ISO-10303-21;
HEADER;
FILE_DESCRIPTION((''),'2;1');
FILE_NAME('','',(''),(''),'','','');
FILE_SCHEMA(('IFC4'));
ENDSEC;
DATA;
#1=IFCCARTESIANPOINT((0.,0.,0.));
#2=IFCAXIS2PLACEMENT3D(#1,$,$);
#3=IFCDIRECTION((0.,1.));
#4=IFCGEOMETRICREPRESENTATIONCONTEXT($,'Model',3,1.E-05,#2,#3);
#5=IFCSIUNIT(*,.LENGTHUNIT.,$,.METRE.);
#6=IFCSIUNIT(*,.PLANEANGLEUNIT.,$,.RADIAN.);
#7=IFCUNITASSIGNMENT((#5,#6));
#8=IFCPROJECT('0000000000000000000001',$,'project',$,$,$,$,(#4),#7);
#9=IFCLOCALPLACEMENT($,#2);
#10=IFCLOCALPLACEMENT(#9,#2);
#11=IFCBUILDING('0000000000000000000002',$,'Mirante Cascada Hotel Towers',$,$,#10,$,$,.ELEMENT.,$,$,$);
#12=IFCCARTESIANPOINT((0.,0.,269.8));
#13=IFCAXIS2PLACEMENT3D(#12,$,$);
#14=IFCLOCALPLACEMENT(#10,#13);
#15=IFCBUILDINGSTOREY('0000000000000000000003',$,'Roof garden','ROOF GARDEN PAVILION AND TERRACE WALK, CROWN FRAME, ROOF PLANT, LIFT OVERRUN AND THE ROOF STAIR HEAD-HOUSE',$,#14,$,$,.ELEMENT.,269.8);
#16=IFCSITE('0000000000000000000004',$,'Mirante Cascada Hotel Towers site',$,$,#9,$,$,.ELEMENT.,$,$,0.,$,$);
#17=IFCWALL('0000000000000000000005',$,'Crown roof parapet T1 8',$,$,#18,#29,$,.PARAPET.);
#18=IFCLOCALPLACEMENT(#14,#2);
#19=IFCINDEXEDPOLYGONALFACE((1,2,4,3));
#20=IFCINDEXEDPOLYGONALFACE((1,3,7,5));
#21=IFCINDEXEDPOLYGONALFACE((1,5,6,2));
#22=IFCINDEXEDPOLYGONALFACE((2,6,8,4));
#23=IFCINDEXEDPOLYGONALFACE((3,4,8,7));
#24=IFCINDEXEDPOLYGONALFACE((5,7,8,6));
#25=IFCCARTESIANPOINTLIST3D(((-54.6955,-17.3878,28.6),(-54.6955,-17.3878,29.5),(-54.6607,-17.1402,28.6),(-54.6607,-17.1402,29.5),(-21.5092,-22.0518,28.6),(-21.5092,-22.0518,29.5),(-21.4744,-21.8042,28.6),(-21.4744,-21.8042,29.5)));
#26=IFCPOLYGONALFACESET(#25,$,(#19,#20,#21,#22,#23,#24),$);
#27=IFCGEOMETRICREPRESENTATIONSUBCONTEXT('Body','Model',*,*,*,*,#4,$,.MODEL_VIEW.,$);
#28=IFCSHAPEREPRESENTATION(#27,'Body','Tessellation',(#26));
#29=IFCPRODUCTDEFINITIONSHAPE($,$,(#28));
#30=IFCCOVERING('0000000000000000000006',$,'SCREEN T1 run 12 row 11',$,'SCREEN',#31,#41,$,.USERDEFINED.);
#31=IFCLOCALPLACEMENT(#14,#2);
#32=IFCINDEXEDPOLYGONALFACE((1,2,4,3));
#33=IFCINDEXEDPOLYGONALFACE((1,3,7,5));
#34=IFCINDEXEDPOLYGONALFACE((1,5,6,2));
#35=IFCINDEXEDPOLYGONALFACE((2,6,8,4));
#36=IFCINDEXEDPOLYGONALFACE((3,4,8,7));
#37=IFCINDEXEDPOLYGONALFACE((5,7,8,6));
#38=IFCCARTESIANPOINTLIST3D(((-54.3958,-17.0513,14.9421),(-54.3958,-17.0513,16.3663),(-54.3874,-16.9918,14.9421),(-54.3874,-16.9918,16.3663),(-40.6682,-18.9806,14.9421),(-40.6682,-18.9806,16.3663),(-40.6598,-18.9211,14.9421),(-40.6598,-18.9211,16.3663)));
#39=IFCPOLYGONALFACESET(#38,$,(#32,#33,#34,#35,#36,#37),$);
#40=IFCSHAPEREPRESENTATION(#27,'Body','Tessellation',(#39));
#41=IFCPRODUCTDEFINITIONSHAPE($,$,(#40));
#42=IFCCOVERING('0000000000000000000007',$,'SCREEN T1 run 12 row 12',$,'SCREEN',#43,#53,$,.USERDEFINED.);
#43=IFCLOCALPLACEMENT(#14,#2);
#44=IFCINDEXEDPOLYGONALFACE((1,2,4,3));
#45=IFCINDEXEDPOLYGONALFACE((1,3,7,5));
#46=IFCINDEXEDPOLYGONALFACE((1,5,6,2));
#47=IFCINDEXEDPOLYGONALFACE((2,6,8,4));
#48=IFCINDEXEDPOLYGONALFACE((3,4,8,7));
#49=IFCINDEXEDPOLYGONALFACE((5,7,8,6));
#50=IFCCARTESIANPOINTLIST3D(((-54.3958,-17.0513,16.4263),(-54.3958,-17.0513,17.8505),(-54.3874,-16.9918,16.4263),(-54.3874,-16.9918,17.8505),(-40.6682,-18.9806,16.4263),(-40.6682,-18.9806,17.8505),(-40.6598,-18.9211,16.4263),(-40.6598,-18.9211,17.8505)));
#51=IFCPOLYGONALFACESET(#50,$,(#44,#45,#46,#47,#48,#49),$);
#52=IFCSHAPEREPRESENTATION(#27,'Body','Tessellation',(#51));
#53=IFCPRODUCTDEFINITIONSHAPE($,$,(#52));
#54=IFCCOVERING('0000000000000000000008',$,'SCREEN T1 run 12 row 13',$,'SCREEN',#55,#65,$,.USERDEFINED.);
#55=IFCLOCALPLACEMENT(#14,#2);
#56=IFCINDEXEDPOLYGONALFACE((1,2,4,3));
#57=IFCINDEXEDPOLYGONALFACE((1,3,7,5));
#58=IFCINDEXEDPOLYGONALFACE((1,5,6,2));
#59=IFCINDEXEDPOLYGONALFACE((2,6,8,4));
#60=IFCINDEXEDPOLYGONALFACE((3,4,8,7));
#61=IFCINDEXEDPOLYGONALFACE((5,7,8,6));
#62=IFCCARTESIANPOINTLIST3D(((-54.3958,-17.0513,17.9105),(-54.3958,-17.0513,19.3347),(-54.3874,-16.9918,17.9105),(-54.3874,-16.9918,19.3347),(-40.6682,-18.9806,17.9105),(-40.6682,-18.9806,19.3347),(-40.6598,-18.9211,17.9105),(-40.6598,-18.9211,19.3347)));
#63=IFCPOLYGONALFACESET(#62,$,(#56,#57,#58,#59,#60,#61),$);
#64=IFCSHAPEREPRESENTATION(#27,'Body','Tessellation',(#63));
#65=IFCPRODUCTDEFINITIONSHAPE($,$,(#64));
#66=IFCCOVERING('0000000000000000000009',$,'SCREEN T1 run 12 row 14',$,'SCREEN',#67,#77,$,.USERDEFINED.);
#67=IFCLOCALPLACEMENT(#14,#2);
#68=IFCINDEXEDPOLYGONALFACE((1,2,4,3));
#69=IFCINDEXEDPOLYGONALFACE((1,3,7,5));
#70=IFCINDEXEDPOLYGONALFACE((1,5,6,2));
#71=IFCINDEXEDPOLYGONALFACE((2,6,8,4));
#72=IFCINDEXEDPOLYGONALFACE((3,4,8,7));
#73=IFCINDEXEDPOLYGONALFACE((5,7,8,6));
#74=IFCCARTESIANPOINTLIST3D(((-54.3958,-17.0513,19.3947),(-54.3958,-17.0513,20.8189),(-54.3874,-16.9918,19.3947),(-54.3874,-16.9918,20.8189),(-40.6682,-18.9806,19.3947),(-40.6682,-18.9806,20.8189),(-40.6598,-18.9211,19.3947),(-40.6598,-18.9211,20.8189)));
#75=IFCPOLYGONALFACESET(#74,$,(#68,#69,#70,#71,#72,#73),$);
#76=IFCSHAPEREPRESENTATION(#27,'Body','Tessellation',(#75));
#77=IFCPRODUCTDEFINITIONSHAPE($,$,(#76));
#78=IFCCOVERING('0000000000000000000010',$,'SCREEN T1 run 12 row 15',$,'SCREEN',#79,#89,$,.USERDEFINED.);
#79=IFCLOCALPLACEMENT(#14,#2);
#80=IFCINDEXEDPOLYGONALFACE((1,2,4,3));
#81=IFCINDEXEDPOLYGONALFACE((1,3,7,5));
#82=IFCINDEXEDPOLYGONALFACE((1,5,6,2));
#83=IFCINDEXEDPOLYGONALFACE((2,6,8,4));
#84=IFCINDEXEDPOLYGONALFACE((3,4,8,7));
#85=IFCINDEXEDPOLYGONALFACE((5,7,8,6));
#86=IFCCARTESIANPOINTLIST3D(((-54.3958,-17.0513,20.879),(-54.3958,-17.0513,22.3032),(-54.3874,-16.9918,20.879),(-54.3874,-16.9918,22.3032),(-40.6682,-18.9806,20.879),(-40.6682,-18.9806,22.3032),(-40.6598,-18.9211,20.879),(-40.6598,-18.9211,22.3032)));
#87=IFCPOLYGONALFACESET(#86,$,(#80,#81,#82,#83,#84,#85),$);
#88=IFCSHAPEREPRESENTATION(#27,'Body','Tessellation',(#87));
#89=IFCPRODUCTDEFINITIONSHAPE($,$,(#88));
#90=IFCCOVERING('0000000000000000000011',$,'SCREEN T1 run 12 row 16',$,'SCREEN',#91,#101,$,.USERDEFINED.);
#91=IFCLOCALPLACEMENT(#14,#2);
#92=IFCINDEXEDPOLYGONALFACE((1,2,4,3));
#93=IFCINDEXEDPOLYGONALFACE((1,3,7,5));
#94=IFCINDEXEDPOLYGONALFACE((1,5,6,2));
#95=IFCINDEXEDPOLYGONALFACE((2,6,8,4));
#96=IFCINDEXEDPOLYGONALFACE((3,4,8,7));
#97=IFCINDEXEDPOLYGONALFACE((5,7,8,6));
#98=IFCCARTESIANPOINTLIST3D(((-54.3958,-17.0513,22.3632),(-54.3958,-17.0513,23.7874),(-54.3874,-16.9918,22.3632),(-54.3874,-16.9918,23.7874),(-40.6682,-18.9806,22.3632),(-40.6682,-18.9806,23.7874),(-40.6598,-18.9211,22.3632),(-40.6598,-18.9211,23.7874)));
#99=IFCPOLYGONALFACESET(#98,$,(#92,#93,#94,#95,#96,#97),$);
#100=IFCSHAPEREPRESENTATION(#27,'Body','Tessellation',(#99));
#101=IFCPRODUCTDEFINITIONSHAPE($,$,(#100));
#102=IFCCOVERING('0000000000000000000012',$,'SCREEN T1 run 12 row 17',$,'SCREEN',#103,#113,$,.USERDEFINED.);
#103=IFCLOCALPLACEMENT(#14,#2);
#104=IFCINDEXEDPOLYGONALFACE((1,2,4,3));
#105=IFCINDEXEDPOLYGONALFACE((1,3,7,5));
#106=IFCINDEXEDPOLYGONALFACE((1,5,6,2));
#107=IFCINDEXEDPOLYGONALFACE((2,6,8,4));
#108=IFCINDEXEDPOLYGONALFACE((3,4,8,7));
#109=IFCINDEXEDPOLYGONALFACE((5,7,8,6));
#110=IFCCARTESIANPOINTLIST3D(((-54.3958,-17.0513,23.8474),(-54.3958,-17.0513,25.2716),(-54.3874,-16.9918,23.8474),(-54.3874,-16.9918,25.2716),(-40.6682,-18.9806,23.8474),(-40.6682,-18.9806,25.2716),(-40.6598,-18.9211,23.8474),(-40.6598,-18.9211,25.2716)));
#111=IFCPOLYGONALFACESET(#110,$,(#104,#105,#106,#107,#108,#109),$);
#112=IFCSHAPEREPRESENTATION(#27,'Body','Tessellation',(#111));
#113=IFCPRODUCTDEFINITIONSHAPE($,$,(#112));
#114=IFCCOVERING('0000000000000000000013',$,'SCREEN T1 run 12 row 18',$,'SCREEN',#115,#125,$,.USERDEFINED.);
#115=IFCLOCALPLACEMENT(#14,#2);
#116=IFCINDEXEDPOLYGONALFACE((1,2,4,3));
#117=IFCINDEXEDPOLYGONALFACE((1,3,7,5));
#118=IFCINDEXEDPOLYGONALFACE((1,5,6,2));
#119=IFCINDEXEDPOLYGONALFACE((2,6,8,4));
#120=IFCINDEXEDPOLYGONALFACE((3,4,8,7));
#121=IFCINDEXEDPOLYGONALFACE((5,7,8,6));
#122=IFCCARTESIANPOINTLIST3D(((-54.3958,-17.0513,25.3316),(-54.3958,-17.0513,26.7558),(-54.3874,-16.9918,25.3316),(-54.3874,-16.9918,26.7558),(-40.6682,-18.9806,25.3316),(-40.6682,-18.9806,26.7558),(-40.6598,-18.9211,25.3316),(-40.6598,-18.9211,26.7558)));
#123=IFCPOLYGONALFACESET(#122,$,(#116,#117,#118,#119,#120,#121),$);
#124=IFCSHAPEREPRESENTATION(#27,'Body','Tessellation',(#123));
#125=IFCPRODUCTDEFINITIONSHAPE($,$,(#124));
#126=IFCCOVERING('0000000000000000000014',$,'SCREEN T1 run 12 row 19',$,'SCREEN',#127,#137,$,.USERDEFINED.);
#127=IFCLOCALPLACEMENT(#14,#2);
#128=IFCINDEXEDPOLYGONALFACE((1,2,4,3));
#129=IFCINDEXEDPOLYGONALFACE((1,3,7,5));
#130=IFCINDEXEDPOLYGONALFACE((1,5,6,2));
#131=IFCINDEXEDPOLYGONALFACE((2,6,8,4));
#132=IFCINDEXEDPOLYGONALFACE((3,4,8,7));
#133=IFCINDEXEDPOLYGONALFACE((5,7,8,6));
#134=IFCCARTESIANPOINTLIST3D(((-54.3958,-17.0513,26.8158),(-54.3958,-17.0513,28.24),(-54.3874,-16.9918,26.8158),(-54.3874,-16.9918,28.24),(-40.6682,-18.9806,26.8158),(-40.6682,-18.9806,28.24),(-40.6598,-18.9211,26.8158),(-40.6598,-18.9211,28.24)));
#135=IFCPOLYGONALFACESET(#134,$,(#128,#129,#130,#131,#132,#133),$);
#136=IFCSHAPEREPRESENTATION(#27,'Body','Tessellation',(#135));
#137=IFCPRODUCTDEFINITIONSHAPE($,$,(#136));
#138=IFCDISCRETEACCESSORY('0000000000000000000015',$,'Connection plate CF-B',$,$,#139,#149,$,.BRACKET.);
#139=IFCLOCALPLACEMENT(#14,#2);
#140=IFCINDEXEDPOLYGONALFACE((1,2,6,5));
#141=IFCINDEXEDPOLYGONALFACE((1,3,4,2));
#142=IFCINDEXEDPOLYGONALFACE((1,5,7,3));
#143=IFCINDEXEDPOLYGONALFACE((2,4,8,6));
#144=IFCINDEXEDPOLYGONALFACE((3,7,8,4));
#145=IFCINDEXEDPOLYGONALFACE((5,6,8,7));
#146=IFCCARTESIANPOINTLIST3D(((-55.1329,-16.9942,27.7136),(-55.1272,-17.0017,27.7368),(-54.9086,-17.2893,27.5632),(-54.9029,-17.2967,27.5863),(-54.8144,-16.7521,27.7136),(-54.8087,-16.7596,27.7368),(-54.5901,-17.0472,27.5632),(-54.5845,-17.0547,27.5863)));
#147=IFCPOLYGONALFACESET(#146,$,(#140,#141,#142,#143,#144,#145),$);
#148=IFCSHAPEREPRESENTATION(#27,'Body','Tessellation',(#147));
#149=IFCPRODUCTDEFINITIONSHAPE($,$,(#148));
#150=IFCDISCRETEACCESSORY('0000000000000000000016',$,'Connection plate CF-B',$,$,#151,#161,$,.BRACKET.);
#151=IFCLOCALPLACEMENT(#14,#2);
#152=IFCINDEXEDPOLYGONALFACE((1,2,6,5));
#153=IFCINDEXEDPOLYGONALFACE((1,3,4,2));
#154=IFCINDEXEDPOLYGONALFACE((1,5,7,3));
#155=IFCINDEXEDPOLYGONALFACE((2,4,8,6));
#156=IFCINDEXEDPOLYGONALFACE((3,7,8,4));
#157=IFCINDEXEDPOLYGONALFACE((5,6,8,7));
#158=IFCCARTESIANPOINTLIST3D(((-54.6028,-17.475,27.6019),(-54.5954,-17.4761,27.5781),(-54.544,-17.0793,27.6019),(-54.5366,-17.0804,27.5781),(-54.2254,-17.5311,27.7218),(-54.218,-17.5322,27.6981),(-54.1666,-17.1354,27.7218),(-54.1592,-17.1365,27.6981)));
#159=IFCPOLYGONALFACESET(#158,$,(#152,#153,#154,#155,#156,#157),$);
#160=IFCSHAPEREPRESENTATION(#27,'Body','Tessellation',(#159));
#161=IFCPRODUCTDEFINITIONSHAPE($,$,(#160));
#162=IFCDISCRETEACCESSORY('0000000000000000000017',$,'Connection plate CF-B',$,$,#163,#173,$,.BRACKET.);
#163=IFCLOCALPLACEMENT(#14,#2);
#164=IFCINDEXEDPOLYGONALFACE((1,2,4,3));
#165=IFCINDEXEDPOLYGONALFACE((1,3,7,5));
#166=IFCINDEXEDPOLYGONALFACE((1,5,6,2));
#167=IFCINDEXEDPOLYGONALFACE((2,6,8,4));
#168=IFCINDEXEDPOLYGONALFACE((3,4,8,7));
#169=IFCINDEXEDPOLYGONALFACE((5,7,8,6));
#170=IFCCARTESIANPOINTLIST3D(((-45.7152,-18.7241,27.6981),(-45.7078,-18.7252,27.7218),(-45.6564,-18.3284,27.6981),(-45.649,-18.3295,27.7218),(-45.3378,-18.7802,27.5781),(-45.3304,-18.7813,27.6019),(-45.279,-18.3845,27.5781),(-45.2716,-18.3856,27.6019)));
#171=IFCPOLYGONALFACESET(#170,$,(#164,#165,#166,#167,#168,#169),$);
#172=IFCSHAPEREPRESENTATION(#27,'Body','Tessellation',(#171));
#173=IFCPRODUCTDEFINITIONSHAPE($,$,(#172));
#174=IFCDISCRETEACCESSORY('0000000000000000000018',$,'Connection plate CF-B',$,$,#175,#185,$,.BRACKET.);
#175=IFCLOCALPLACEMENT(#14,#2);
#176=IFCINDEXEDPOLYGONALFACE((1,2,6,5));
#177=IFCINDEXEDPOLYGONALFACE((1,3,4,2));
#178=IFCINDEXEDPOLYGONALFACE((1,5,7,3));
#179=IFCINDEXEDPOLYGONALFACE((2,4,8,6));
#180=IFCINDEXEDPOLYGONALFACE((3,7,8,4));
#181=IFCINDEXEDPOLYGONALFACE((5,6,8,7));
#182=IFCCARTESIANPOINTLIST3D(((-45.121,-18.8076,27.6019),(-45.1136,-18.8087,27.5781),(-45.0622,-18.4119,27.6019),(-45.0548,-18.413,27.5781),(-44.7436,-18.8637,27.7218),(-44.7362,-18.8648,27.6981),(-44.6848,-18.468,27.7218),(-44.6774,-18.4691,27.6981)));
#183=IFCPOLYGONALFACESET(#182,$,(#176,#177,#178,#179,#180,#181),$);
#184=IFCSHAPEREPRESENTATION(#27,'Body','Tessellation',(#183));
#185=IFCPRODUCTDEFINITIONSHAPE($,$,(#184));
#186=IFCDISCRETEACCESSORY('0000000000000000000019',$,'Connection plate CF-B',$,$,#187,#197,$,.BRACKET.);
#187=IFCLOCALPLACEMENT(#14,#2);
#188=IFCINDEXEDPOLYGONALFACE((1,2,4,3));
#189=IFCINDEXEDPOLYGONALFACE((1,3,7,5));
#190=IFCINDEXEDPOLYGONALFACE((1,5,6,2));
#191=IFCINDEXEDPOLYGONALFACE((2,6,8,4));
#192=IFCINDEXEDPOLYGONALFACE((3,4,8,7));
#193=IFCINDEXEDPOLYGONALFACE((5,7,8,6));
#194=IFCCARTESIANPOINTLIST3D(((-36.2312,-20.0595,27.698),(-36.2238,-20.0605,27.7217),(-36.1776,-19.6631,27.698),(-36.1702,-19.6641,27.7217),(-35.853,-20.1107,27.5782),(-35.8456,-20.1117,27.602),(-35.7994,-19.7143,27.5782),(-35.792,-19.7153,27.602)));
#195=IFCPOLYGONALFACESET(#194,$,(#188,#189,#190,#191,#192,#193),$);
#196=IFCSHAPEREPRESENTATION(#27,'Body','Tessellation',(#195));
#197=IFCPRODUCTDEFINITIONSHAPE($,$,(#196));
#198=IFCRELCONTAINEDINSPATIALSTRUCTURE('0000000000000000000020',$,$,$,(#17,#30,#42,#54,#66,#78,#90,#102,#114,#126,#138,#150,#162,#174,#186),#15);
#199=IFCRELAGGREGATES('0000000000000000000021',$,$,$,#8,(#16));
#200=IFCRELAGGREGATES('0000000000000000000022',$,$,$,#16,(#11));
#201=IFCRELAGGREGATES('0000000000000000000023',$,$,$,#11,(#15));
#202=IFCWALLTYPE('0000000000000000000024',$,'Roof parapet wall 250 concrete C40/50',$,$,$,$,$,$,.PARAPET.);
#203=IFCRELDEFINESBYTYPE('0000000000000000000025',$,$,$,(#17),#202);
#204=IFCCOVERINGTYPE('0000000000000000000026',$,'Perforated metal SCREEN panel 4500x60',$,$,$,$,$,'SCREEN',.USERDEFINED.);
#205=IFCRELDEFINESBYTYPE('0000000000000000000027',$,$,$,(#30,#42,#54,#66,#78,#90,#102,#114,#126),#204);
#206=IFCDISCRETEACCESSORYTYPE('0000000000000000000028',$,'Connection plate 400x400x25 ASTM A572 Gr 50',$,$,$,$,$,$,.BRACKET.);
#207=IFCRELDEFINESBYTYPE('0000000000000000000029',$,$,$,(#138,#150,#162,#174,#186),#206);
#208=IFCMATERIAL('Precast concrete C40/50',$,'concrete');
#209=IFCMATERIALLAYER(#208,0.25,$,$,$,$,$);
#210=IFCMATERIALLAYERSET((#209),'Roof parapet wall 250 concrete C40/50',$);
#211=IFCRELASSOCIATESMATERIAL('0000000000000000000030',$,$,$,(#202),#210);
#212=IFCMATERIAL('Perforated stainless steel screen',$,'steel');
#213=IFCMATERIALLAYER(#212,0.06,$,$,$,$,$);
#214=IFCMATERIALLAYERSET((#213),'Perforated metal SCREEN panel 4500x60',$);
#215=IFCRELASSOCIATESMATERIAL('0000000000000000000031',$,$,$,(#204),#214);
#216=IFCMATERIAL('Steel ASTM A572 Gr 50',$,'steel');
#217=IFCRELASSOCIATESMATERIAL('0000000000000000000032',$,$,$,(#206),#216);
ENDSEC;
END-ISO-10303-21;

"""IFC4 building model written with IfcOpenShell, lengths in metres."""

from ifc_helpers import new_model, si_unit, direction, frame, frame_2d, origin, origin_2d, place, context, subcontext, project, spatial, rectangle, extrude, material, layer, layer_set, material_profile, profile_set, type_object, element, save


model = new_model("IFC4")

# Units and contexts
model_context = context("Model", 3, precision=1e-05, world=origin(), true_north=direction((0.0, 1.0)))
body_context = subcontext(model_context, "Body", "Model", "MODEL_VIEW")
ifc_project = project(units=[si_unit("LENGTHUNIT", "METRE"), si_unit("PLANEANGLEUNIT", "RADIAN")], contexts=[model_context])

# Site, building, storey
site_placement = place(None, origin())
site = spatial("IfcSite", under=ifc_project, at=site_placement, Name="Mirante Cascada Hotel Towers site", CompositionType="ELEMENT", RefElevation=0.0)
building_placement = place(site_placement, origin())
building = spatial("IfcBuilding", under=site, at=building_placement, Name="Mirante Cascada Hotel Towers", CompositionType="ELEMENT")
storey_placement = place(building_placement, frame((0.0, 0.0, 269.8)))
storey = spatial("IfcBuildingStorey", under=building, at=storey_placement, Name="Roof garden", Description="ROOF GARDEN PAVILION AND TERRACE WALK, CROWN FRAME, ROOF PLANT, LIFT OVERRUN AND THE ROOF STAIR HEAD-HOUSE", CompositionType="ELEMENT", Elevation=269.8)

# Wall
ifc_material_1 = material(Name="Precast concrete C40/50", Category="concrete")
ifc_layer_1 = layer(ifc_material_1, 0.25)
ifc_layer_set_1 = layer_set([ifc_layer_1], Name="Roof parapet wall 250 concrete C40/50")
wall_type = type_object("IfcWallType", Name="Roof parapet wall 250 concrete C40/50", PredefinedType="PARAPET", material=ifc_layer_set_1)
wall_placement = place(storey_placement, frame((-54.6781, -17.264, 28.6), z_axis=(0.0, 0.0, 1.0), x_axis=(0.990268, -0.139172, 0.0)))
element("IfcWall", 1, at=wall_placement, inside=storey, type_object=wall_type, Name="Crown roof parapet T1 8", PredefinedType="PARAPET", context=body_context, shape_type="SweptSolid", body=[
    extrude(rectangle(XDim=33.5124, YDim=0.25, at=frame_2d((16.7562, 0.0))), origin(), (0.0, 0.0, 1.0), 0.9),
])

# Coverings
ifc_material_2 = material(Name="Perforated stainless steel screen", Category="steel")
ifc_layer_2 = layer(ifc_material_2, 0.06)
ifc_layer_set_2 = layer_set([ifc_layer_2], Name="Perforated metal SCREEN panel 4500x60")
covering_type = type_object("IfcCoveringType", Name="Perforated metal SCREEN panel 4500x60", ElementType="SCREEN", PredefinedType="USERDEFINED", material=ifc_layer_set_2)
for number, where, z_axis, x_axis, name in (
    (2, (-47.5278, -17.9862, 14.9421), (0.0, 0.0, 1.0), (0.990268, -0.139173, 0.0), "SCREEN T1 run 12 row 11"),
    (3, (-47.5278, -17.9862, 16.4263), (0.0, 0.0, 1.0), (0.990268, -0.139173, 0.0), "SCREEN T1 run 12 row 12"),
    (4, (-47.5278, -17.9862, 17.9105), (0.0, 0.0, 1.0), (0.990268, -0.139173, 0.0), "SCREEN T1 run 12 row 13"),
    (5, (-47.5278, -17.9862, 19.3947), (0.0, 0.0, 1.0), (0.990268, -0.139173, 0.0), "SCREEN T1 run 12 row 14"),
    (6, (-47.5278, -17.9862, 20.879), (0.0, 0.0, 1.0), (0.990268, -0.139173, 0.0), "SCREEN T1 run 12 row 15"),
    (7, (-47.5278, -17.9862, 22.3632), (0.0, 0.0, 1.0), (0.990268, -0.139173, 0.0), "SCREEN T1 run 12 row 16"),
    (8, (-47.5278, -17.9862, 23.8474), (0.0, 0.0, 1.0), (0.990268, -0.139173, 0.0), "SCREEN T1 run 12 row 17"),
    (9, (-47.5278, -17.9862, 25.3316), (0.0, 0.0, 1.0), (0.990268, -0.139173, 0.0), "SCREEN T1 run 12 row 18"),
    (10, (-47.5278, -17.9862, 26.8158), (0.0, 0.0, 1.0), (0.990268, -0.139173, 0.0), "SCREEN T1 run 12 row 19"),
):
    element("IfcCovering", number, at=place(storey_placement, frame(where, z_axis=z_axis, x_axis=x_axis)), inside=storey, type_object=covering_type, Name=name, ObjectType="SCREEN", PredefinedType="USERDEFINED", context=body_context, shape_type="SweptSolid", body=[
        extrude(rectangle(XDim=13.8625, YDim=0.06, at=origin_2d()), origin(), (0.0, 0.0, 1.0), 1.4242),
    ])

# Discrete accessories
ifc_material_3 = material(Name="Steel ASTM A572 Gr 50", Category="steel")
ifc_material_profile_1 = material_profile(ifc_material_3, rectangle(XDim=0.4, YDim=0.4, at=origin_2d()), Name="Connection plate 400x400x25 ASTM A572 Gr 50")
ifc_profile_set_1 = profile_set([ifc_material_profile_1], Name="Steel ASTM A572 Gr 50")
discrete_accessory_type = type_object("IfcDiscreteAccessoryType", Name="Connection plate 400x400x25 ASTM A572 Gr 50", PredefinedType="BRACKET", material=ifc_profile_set_1)
discrete_accessory_placement = place(storey_placement, frame((-54.8615, -17.0207, 27.6384), z_axis=(0.22764, -0.299526, 0.926534), x_axis=(0.796162, 0.605083, 0.0)))
element("IfcDiscreteAccessory", 11, at=discrete_accessory_placement, inside=storey, type_object=discrete_accessory_type, Name="Connection plate CF-B", PredefinedType="BRACKET", context=body_context, shape_type="SweptSolid", body=[
    extrude(rectangle(XDim=0.4, YDim=0.4, at=origin_2d()), origin(), (0.0, 0.0, 1.0), 0.025),
])
for number, where, z_axis, x_axis, name in (
    (12, (-54.3773, -17.3063, 27.6381), (-0.296615, 0.044091, 0.953979), (-0.147033, -0.989132, 0.0), "Connection plate CF-B"),
    (13, (-45.4971, -18.5543, 27.6381), (0.296615, -0.044091, 0.953979), (0.147033, 0.989132, 0.0), "Connection plate CF-B"),
    (14, (-44.8955, -18.6389, 27.6381), (-0.296615, 0.044091, 0.953979), (-0.147033, -0.989132, 0.0), "Connection plate CF-B"),
    (15, (-36.0153, -19.8869, 27.6381), (0.296665, -0.04009, 0.95414), (0.133918, 0.990992, 0.0), "Connection plate CF-B"),
):
    element("IfcDiscreteAccessory", number, at=place(storey_placement, frame(where, z_axis=z_axis, x_axis=x_axis)), inside=storey, type_object=discrete_accessory_type, Name=name, PredefinedType="BRACKET", context=body_context, shape_type="SweptSolid", body=[
        extrude(rectangle(XDim=0.4, YDim=0.4, at=origin_2d()), origin(), (0.0, 0.0, 1.0), 0.0249),
    ])

save(model, "model.ifc")
